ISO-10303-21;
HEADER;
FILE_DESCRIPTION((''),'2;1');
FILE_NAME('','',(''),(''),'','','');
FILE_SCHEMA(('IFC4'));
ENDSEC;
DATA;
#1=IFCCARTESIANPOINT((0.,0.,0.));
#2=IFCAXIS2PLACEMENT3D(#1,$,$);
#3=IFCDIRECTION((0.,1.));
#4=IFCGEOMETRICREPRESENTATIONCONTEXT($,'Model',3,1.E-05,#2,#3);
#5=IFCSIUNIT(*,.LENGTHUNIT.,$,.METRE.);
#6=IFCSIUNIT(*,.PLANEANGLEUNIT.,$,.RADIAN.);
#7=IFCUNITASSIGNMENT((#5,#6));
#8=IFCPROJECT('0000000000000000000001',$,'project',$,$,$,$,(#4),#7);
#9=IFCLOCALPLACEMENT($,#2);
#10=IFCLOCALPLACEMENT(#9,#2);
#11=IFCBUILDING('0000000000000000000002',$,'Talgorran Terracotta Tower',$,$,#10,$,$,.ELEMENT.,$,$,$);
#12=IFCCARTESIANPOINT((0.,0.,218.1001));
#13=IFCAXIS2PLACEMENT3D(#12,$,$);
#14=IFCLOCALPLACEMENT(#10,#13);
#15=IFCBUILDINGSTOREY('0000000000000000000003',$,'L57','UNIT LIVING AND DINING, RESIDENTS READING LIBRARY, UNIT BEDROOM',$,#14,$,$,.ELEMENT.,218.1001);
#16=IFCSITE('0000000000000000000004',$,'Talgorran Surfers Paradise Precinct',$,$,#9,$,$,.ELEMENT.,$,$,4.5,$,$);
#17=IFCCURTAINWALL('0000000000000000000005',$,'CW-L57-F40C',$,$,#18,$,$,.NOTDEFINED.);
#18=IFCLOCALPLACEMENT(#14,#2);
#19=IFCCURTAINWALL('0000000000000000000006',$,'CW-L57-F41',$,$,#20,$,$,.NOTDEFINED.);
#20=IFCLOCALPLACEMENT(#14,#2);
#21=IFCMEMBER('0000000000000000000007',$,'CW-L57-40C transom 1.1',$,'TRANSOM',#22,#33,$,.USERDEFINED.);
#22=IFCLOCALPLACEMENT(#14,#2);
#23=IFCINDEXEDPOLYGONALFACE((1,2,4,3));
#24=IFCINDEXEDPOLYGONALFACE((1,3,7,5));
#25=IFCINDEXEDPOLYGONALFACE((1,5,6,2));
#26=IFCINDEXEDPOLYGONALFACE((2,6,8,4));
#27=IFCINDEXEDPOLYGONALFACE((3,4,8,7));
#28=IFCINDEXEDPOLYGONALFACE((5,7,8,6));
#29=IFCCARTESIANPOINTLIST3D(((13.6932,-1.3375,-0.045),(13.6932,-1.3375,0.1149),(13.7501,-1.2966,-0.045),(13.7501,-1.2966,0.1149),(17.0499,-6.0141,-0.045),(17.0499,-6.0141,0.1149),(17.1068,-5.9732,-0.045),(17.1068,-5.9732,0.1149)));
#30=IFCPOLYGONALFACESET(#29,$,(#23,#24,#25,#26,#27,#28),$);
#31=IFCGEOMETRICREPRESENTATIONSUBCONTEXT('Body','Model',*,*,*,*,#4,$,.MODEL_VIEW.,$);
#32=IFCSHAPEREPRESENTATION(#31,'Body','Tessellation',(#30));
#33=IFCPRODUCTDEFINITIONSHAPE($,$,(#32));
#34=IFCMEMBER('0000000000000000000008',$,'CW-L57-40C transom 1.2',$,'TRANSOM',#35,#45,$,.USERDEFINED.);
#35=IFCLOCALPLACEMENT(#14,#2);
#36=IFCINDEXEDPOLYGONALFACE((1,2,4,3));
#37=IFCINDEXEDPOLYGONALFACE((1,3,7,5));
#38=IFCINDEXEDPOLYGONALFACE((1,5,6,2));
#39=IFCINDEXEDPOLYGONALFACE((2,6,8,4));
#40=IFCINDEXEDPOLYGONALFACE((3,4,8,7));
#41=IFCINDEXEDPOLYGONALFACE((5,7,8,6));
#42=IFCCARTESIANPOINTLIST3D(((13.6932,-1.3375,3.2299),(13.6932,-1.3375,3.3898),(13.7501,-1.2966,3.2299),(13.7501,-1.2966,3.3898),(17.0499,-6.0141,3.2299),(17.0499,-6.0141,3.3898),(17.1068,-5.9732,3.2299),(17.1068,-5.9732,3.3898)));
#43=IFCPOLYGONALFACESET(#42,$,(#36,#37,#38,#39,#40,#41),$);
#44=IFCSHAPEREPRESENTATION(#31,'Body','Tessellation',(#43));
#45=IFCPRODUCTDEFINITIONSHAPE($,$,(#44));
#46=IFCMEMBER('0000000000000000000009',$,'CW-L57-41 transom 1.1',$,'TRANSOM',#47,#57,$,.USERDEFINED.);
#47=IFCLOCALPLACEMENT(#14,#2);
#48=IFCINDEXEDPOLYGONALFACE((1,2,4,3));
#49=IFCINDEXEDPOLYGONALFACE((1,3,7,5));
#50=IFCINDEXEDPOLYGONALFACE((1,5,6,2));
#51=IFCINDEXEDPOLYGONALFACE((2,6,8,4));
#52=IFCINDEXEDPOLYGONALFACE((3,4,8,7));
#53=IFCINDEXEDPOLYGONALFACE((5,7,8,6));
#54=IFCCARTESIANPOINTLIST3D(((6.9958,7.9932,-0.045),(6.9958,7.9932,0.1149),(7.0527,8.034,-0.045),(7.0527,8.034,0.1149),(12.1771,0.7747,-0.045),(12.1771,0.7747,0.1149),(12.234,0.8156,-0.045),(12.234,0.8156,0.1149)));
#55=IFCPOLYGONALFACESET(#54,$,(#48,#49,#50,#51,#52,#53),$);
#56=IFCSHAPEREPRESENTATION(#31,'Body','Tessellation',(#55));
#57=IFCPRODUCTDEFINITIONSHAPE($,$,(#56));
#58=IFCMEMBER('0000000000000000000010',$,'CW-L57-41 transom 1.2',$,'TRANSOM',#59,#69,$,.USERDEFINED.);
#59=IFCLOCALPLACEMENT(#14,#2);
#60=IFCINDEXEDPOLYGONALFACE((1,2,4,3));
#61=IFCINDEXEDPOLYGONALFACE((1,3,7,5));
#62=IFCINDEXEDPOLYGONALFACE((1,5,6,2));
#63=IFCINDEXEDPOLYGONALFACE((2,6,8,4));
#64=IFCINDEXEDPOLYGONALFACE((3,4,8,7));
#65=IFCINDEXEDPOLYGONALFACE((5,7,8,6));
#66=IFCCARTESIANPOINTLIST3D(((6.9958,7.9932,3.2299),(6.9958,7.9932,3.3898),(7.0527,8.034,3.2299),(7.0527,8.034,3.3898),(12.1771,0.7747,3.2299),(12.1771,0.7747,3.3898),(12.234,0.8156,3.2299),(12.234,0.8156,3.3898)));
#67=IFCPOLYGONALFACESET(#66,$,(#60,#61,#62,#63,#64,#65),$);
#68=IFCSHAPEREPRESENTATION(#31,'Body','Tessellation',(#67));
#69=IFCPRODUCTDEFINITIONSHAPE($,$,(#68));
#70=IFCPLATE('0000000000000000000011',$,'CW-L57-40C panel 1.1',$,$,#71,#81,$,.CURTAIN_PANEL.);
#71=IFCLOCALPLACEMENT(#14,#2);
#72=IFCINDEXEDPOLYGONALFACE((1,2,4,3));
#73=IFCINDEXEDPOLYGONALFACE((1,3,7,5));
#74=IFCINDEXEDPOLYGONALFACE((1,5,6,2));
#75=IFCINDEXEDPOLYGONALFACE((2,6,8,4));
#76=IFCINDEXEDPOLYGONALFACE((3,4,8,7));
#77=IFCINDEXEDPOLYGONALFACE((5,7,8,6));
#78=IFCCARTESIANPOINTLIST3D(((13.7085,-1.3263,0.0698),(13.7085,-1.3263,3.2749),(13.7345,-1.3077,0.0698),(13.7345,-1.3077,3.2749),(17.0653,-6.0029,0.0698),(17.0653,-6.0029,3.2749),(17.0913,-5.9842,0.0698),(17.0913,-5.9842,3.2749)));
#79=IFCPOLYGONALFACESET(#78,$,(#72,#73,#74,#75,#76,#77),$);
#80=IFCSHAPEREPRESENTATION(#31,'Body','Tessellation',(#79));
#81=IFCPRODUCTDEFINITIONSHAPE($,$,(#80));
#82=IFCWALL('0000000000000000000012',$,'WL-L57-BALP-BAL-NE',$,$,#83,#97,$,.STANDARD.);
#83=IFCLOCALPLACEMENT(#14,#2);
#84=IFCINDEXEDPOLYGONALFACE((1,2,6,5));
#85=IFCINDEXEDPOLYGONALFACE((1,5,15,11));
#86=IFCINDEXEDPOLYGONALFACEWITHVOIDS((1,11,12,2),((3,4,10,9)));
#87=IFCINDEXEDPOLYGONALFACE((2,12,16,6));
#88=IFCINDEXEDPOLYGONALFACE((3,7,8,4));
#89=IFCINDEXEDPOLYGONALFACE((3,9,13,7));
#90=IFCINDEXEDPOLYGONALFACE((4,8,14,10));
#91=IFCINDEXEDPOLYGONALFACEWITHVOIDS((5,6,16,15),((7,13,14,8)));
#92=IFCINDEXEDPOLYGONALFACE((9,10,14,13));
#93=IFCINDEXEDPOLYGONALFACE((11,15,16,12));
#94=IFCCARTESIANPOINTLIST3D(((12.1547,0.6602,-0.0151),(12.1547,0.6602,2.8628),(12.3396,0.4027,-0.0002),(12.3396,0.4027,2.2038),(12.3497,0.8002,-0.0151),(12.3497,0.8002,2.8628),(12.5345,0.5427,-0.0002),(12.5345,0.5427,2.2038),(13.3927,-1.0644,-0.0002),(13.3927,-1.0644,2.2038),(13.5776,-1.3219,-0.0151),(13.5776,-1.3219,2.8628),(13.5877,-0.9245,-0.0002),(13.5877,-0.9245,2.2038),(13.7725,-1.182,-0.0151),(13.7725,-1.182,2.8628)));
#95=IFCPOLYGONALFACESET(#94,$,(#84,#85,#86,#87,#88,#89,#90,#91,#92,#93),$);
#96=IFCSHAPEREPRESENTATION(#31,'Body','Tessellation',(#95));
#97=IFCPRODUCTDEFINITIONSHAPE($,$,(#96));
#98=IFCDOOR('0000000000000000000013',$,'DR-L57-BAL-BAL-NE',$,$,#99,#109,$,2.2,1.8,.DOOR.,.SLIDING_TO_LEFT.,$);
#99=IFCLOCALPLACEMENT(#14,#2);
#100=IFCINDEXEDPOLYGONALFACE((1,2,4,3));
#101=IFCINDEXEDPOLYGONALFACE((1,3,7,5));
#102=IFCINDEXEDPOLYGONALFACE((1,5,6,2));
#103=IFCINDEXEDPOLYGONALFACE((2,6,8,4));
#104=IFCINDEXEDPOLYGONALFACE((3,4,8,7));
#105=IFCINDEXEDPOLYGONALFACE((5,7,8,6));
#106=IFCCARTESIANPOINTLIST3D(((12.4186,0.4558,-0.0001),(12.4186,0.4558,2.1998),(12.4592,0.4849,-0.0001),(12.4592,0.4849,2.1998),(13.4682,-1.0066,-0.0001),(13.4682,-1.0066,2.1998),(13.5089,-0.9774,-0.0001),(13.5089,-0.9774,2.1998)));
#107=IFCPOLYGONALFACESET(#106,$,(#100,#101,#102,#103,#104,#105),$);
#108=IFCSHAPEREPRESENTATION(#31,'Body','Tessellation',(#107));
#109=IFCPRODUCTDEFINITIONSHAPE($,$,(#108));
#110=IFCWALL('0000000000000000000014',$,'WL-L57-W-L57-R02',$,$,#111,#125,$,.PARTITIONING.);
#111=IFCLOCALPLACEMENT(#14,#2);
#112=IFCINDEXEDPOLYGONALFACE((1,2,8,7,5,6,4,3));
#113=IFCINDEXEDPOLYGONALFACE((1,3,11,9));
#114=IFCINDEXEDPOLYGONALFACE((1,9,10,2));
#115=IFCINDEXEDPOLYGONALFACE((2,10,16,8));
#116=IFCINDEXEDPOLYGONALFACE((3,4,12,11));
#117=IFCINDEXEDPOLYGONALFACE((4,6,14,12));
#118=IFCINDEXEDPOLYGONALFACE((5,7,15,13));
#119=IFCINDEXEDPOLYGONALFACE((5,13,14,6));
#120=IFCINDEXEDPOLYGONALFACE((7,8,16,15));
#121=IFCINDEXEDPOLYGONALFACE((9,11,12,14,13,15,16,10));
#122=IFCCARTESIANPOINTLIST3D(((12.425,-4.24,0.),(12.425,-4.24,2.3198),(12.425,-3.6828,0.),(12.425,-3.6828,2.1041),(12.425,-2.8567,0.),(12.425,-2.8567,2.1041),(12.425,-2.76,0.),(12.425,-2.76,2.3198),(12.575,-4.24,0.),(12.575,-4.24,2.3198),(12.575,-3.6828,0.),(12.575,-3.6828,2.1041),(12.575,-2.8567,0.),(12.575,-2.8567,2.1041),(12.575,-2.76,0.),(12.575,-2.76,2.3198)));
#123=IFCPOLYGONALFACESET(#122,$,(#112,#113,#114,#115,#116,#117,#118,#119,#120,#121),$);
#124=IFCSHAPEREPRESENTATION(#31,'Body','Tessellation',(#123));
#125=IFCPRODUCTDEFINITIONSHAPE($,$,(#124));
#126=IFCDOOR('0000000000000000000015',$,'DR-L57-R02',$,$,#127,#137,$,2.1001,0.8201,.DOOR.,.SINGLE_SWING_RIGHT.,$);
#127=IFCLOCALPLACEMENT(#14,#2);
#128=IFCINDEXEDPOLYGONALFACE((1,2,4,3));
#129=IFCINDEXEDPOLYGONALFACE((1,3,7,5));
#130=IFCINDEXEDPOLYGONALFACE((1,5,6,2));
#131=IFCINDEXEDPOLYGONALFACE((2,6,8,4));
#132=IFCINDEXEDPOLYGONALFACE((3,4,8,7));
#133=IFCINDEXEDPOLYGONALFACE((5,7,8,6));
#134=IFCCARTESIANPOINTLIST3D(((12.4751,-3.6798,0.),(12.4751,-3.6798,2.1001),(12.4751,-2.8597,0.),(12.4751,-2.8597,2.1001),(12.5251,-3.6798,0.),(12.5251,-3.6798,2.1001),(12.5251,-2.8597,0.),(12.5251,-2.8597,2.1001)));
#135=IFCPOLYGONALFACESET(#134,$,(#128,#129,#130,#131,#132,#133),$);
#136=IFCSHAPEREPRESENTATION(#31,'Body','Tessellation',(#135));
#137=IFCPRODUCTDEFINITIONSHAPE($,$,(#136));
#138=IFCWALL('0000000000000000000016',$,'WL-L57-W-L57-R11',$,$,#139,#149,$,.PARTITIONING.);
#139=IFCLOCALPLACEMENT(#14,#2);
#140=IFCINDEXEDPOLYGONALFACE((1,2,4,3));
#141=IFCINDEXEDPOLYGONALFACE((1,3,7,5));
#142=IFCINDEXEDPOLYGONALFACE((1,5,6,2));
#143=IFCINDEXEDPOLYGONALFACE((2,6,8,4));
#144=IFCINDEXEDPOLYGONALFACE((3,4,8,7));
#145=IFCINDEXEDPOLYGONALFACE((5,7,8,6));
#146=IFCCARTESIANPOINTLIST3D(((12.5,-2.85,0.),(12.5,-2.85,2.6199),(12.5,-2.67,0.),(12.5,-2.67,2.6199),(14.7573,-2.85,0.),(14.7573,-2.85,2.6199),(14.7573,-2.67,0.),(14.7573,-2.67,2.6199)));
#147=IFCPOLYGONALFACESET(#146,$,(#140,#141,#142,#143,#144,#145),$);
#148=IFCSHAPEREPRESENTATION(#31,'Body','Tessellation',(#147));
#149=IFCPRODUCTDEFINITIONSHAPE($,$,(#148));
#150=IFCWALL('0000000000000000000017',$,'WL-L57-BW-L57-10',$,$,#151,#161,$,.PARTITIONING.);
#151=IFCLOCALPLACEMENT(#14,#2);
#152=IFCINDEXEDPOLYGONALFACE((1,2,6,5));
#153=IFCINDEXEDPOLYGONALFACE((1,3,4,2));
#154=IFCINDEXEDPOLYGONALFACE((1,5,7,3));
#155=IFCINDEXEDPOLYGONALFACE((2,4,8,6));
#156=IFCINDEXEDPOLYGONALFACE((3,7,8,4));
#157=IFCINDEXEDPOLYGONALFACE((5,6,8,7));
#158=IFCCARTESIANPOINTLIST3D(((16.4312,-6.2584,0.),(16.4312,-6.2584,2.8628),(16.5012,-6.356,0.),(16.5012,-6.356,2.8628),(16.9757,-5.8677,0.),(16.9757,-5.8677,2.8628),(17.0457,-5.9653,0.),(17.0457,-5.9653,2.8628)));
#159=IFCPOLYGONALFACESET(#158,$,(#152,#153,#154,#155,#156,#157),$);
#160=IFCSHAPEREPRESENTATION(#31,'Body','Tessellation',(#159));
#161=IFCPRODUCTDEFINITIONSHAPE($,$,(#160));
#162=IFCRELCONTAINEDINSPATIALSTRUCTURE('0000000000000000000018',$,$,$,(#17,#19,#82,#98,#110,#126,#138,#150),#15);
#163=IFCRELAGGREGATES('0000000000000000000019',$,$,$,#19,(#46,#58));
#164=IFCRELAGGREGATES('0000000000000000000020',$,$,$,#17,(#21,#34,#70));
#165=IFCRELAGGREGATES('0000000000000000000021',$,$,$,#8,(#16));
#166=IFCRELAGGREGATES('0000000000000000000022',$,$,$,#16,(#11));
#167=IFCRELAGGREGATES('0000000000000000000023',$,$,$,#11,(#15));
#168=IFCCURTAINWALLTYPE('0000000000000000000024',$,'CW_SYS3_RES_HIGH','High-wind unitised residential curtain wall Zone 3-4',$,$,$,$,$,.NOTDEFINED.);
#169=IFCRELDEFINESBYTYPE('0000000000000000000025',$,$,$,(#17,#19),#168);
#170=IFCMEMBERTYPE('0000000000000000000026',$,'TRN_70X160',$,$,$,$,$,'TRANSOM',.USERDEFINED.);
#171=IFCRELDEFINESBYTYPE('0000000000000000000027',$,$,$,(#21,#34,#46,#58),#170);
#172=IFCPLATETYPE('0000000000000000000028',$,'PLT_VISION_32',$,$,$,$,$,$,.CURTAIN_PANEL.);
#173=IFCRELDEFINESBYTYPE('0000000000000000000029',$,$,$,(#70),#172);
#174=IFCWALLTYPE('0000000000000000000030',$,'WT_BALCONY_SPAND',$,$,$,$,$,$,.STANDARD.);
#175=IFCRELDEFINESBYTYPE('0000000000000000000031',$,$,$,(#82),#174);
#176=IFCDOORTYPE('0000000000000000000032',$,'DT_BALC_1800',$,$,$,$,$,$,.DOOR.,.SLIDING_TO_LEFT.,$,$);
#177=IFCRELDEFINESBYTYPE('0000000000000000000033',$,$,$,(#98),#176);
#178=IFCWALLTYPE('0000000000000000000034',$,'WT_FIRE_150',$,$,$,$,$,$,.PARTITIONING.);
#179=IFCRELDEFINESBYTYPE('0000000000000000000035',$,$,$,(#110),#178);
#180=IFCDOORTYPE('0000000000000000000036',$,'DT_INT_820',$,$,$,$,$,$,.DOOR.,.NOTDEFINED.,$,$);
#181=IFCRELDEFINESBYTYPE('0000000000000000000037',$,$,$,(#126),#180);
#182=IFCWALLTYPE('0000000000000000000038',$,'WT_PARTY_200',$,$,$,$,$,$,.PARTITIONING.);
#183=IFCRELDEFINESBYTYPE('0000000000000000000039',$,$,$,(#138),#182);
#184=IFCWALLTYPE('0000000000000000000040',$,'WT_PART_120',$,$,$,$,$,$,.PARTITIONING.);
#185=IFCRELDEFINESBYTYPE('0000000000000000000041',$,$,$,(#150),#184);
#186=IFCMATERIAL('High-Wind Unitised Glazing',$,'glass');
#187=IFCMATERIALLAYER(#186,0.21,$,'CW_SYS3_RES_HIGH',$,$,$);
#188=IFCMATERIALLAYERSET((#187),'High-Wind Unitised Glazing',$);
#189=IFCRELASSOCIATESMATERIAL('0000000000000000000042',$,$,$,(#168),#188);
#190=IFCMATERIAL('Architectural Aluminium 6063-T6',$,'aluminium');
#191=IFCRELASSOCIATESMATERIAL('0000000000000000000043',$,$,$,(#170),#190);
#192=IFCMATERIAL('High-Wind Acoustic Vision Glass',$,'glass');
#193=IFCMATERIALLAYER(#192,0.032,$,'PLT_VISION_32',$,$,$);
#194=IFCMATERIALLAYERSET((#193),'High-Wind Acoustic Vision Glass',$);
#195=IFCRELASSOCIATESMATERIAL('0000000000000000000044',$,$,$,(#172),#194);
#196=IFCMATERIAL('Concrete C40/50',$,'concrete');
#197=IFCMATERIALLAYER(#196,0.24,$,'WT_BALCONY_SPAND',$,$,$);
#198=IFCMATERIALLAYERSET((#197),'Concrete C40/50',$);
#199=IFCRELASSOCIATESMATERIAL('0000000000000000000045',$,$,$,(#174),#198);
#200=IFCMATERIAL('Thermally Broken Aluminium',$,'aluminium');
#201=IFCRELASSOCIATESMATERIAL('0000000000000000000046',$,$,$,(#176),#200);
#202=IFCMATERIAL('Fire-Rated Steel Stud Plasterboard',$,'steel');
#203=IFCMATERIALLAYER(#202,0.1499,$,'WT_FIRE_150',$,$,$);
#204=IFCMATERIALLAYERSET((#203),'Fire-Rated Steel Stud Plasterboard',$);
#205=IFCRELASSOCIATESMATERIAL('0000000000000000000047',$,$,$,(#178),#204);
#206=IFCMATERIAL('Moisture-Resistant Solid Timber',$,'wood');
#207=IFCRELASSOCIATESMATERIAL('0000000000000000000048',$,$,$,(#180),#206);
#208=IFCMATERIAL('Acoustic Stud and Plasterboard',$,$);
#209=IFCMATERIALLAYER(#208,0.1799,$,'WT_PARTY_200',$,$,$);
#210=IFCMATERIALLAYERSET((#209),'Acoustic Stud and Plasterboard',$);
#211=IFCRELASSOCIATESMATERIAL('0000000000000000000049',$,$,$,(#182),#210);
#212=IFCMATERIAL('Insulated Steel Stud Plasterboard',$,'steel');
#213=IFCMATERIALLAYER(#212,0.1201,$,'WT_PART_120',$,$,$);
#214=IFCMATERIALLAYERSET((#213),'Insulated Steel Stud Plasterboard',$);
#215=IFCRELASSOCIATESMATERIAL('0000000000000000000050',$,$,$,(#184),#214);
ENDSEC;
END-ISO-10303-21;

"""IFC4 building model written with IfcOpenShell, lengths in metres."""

from ifc_helpers import new_model, si_unit, direction, frame, frame_2d, origin, origin_2d, place, context, subcontext, project, spatial, rectangle, extrude, source, transform, mapped, material, layer, layer_set, material_profile, profile_set, type_object, type_shapes, element, fill, aggregate, save


model = new_model("IFC4")

# Units and contexts
model_context = context("Model", 3, precision=1e-05, world=origin(), true_north=direction((0.0, 1.0)))
body_context = subcontext(model_context, "Body", "Model", "MODEL_VIEW")
ifc_project = project(units=[si_unit("LENGTHUNIT", "METRE"), si_unit("PLANEANGLEUNIT", "RADIAN")], contexts=[model_context])

# Site, building, storey
site_placement = place(None, origin())
site = spatial("IfcSite", under=ifc_project, at=site_placement, Name="Talgorran Surfers Paradise Precinct", CompositionType="ELEMENT", RefElevation=4.5)
building_placement = place(site_placement, origin())
building = spatial("IfcBuilding", under=site, at=building_placement, Name="Talgorran Terracotta Tower", CompositionType="ELEMENT")
storey_placement = place(building_placement, frame((0.0, 0.0, 218.1001)))
storey = spatial("IfcBuildingStorey", under=building, at=storey_placement, Name="L57", Description="UNIT LIVING AND DINING, RESIDENTS READING LIBRARY, UNIT BEDROOM", CompositionType="ELEMENT", Elevation=218.1001)

# Shared definitions
ifc_material_1 = material(Name="High-Wind Unitised Glazing", Category="glass")
ifc_layer_1 = layer(ifc_material_1, 0.21, Name="CW_SYS3_RES_HIGH")
ifc_layer_set_1 = layer_set([ifc_layer_1], Name="High-Wind Unitised Glazing")
curtain_wall_type = type_object("IfcCurtainWallType", Name="CW_SYS3_RES_HIGH", Description="High-wind unitised residential curtain wall Zone 3-4", PredefinedType="NOTDEFINED", material=ifc_layer_set_1)
ifc_material_2 = material(Name="Architectural Aluminium 6063-T6", Category="aluminium")

# Curtain wall
curtain_wall_1_placement = place(storey_placement, origin())
curtain_wall_1 = element("IfcCurtainWall", 1, at=curtain_wall_1_placement, inside=storey, type_object=curtain_wall_type, Name="CW-L57-F40C", PredefinedType="NOTDEFINED")

# Curtain wall
curtain_wall_2_placement = place(storey_placement, origin())
curtain_wall_2 = element("IfcCurtainWall", 2, at=curtain_wall_2_placement, inside=storey, type_object=curtain_wall_type, Name="CW-L57-F41", PredefinedType="NOTDEFINED")

# Members
ifc_material_profile_1 = material_profile(ifc_material_2, rectangle(XDim=0.0701, YDim=0.1599, at=origin_2d()), Name="CWT70X160")
ifc_profile_set_1 = profile_set([ifc_material_profile_1], Name="Architectural Aluminium 6063-T6")
member_type_1 = type_object("IfcMemberType", Name="TRN_70X160", ElementType="TRANSOM", PredefinedType="USERDEFINED", material=ifc_profile_set_1)
member_1_placement = place(storey_placement, frame((17.0784, -5.9937, 0.0349), z_axis=(-0.583114, 0.81239, 0.0), x_axis=(-0.81239, -0.583114, 0.0)))
member_1 = element("IfcMember", 3, at=member_1_placement, type_object=member_type_1, Name="CW-L57-40C transom 1.1", ObjectType="TRANSOM", PredefinedType="USERDEFINED", context=body_context, shape_type="SweptSolid", body=[
    extrude(rectangle(XDim=0.0701, YDim=0.1599, at=origin_2d()), origin(), (0.0, 0.0, 1.0), 5.7566),
])
member_2_placement = place(storey_placement, frame((17.0784, -5.9937, 3.3098), z_axis=(-0.583114, 0.81239, 0.0), x_axis=(-0.81239, -0.583114, 0.0)))
member_2 = element("IfcMember", 4, at=member_2_placement, type_object=member_type_1, Name="CW-L57-40C transom 1.2", ObjectType="TRANSOM", PredefinedType="USERDEFINED", context=body_context, shape_type="SweptSolid", body=[
    extrude(rectangle(XDim=0.0701, YDim=0.1599, at=origin_2d()), origin(), (0.0, 0.0, 1.0), 5.7566),
])
member_3_placement = place(storey_placement, frame((12.2056, 0.7952, 0.0349), z_axis=(-0.583124, 0.812383, 0.0), x_axis=(-0.812383, -0.583124, 0.0)))
member_3 = element("IfcMember", 5, at=member_3_placement, type_object=member_type_1, Name="CW-L57-41 transom 1.1", ObjectType="TRANSOM", PredefinedType="USERDEFINED", context=body_context, shape_type="SweptSolid", body=[
    extrude(rectangle(XDim=0.0701, YDim=0.1599, at=origin_2d()), origin(), (0.0, 0.0, 1.0), 8.8855),
])
member_4_placement = place(storey_placement, frame((12.2056, 0.7952, 3.3098), z_axis=(-0.583124, 0.812383, 0.0), x_axis=(-0.812383, -0.583124, 0.0)))
member_4 = element("IfcMember", 6, at=member_4_placement, type_object=member_type_1, Name="CW-L57-41 transom 1.2", ObjectType="TRANSOM", PredefinedType="USERDEFINED", context=body_context, shape_type="SweptSolid", body=[
    extrude(rectangle(XDim=0.0701, YDim=0.1599, at=origin_2d()), origin(), (0.0, 0.0, 1.0), 8.8855),
])
aggregate(curtain_wall_2, [member_3, member_4])

# Plate
ifc_material_3 = material(Name="High-Wind Acoustic Vision Glass", Category="glass")
ifc_layer_2 = layer(ifc_material_3, 0.032, Name="PLT_VISION_32")
ifc_layer_set_2 = layer_set([ifc_layer_2], Name="High-Wind Acoustic Vision Glass")
plate_type = type_object("IfcPlateType", Name="PLT_VISION_32", PredefinedType="CURTAIN_PANEL", material=ifc_layer_set_2)
shared_shape = source(origin(), body_context, "Body", "SweptSolid", [
    extrude(rectangle(XDim=5.7566, YDim=0.032, at=origin_2d()), origin(), (0.0, 0.0, 1.0), 3.2051),
])
type_shapes(plate_type, [shared_shape])
plate_placement = place(storey_placement, frame((15.3999, -3.6553, 0.0698), z_axis=(0.0, 0.0, 1.0), x_axis=(-0.583118, 0.812387, 0.0)))
plate = element("IfcPlate", 7, at=plate_placement, type_object=plate_type, Name="CW-L57-40C panel 1.1", PredefinedType="CURTAIN_PANEL", context=body_context, shape_type="MappedRepresentation", body=[
    mapped(shared_shape, transform((0.0, 0.0, 0.0), scale=1.0)),
])
aggregate(curtain_wall_1, [member_1, member_2, plate])

# Walls, openings, doors
ifc_material_4 = material(Name="Concrete C40/50", Category="concrete")
ifc_layer_3 = layer(ifc_material_4, 0.24, Name="WT_BALCONY_SPAND")
ifc_layer_set_3 = layer_set([ifc_layer_3], Name="Concrete C40/50")
wall_type_1 = type_object("IfcWallType", Name="WT_BALCONY_SPAND", PredefinedType="STANDARD", material=ifc_layer_set_3)
wall_1_placement = place(storey_placement, frame((13.675, -1.252, -0.0151), z_axis=(0.0, 0.0, 1.0), x_axis=(-0.583139, 0.812372, 0.0)))
wall_1 = element("IfcWall", 8, at=wall_1_placement, inside=storey, type_object=wall_type_1, Name="WL-L57-BALP-BAL-NE", PredefinedType="STANDARD", context=body_context, shape_type="SweptSolid", body=[
    extrude(rectangle(XDim=2.4399, YDim=0.24, at=frame_2d((1.22, 0.0))), origin(), (0.0, 0.0, 1.0), 2.8779),
])
opening_1_placement = place(wall_1_placement, frame((0.3201, 0.0, 0.0149)))
opening_1 = element("IfcOpeningElement", 9, at=opening_1_placement, cuts=wall_1, PredefinedType="OPENING", context=body_context, shape_type="SweptSolid", body=[
    extrude(rectangle(XDim=1.806, YDim=2.204, at=frame_2d((0.8999, 1.1021))), frame((0.0, 0.1299, 0.0), z_axis=(0.0, -1.0, 0.0), x_axis=(1.0, 0.0, 0.0)), (0.0, 0.0, 1.0), 0.26),
])
ifc_material_5 = material(Name="Thermally Broken Aluminium", Category="aluminium")
door_type_1 = type_object("IfcDoorType", Name="DT_BALC_1800", OperationType="SLIDING_TO_LEFT", PredefinedType="DOOR", material=ifc_material_5)
door_1_placement = place(opening_1_placement, origin())
door_1 = element("IfcDoor", 10, at=door_1_placement, inside=storey, type_object=door_type_1, Name="DR-L57-BAL-BAL-NE", OperationType="SLIDING_TO_LEFT", OverallHeight=2.2, OverallWidth=1.8, PredefinedType="DOOR", context=body_context, shape_type="SweptSolid", body=[
    extrude(rectangle(XDim=1.8, YDim=2.2, at=frame_2d((0.8999, 1.1001))), frame((0.0, 0.0249, 0.0), z_axis=(0.0, -1.0, 0.0), x_axis=(1.0, 0.0, 0.0)), (0.0, 0.0, 1.0), 0.05),
])
fill(opening_1, door_1)
ifc_material_6 = material(Name="Fire-Rated Steel Stud Plasterboard", Category="steel")
ifc_layer_4 = layer(ifc_material_6, 0.1499, Name="WT_FIRE_150")
ifc_layer_set_4 = layer_set([ifc_layer_4], Name="Fire-Rated Steel Stud Plasterboard")
wall_type_2 = type_object("IfcWallType", Name="WT_FIRE_150", PredefinedType="PARTITIONING", material=ifc_layer_set_4)
wall_2_placement = place(storey_placement, frame((12.5, -4.24, 0.0), z_axis=(0.0, 0.0, 1.0), x_axis=(0.0, 1.0, 0.0)))
wall_2 = element("IfcWall", 11, at=wall_2_placement, inside=storey, type_object=wall_type_2, Name="WL-L57-W-L57-R02", PredefinedType="PARTITIONING", context=body_context, shape_type="SweptSolid", body=[
    extrude(rectangle(XDim=1.48, YDim=0.1499, at=frame_2d((0.74, 0.0))), origin(), (0.0, 0.0, 1.0), 2.3198),
])
opening_2_placement = place(wall_2_placement, frame((0.5601, 0.0, 0.0)))
opening_2 = element("IfcOpeningElement", 12, at=opening_2_placement, cuts=wall_2, PredefinedType="OPENING", context=body_context, shape_type="SweptSolid", body=[
    extrude(rectangle(XDim=0.8261, YDim=2.1041, at=frame_2d((0.4102, 1.052))), frame((0.0, 0.085, 0.0), z_axis=(0.0, -1.0, 0.0), x_axis=(1.0, 0.0, 0.0)), (0.0, 0.0, 1.0), 0.1699),
])
ifc_material_7 = material(Name="Moisture-Resistant Solid Timber", Category="wood")
door_type_2 = type_object("IfcDoorType", Name="DT_INT_820", OperationType="NOTDEFINED", PredefinedType="DOOR", material=ifc_material_7)
door_2_placement = place(opening_2_placement, origin())
door_2 = element("IfcDoor", 13, at=door_2_placement, inside=storey, type_object=door_type_2, Name="DR-L57-R02", OperationType="SINGLE_SWING_RIGHT", OverallHeight=2.1001, OverallWidth=0.8201, PredefinedType="DOOR", context=body_context, shape_type="SweptSolid", body=[
    extrude(rectangle(XDim=0.8201, YDim=2.1001, at=frame_2d((0.4102, 1.05))), frame((0.0, 0.0249, 0.0), z_axis=(0.0, -1.0, 0.0), x_axis=(1.0, 0.0, 0.0)), (0.0, 0.0, 1.0), 0.05),
])
fill(opening_2, door_2)

# Walls
ifc_material_8 = material(Name="Acoustic Stud and Plasterboard")
ifc_layer_5 = layer(ifc_material_8, 0.1799, Name="WT_PARTY_200")
ifc_layer_set_5 = layer_set([ifc_layer_5], Name="Acoustic Stud and Plasterboard")
wall_type_3 = type_object("IfcWallType", Name="WT_PARTY_200", PredefinedType="PARTITIONING", material=ifc_layer_set_5)
wall_3_placement = place(storey_placement, frame((12.5, -2.76, 0.0), z_axis=(0.0, 0.0, 1.0), x_axis=(1.0, 0.0, 0.0)))
element("IfcWall", 14, at=wall_3_placement, inside=storey, type_object=wall_type_3, Name="WL-L57-W-L57-R11", PredefinedType="PARTITIONING", context=body_context, shape_type="SweptSolid", body=[
    extrude(rectangle(XDim=2.2573, YDim=0.1799, at=frame_2d((1.1287, 0.0))), origin(), (0.0, 0.0, 1.0), 2.6199),
])
ifc_material_9 = material(Name="Insulated Steel Stud Plasterboard", Category="steel")
ifc_layer_6 = layer(ifc_material_9, 0.1201, Name="WT_PART_120")
ifc_layer_set_6 = layer_set([ifc_layer_6], Name="Insulated Steel Stud Plasterboard")
wall_type_4 = type_object("IfcWallType", Name="WT_PART_120", PredefinedType="PARTITIONING", material=ifc_layer_set_6)
wall_4_placement = place(storey_placement, frame((16.4663, -6.3071, 0.0), z_axis=(0.0, 0.0, 1.0), x_axis=(0.812501, 0.58296, 0.0)))
element("IfcWall", 15, at=wall_4_placement, inside=storey, type_object=wall_type_4, Name="WL-L57-BW-L57-10", PredefinedType="PARTITIONING", context=body_context, shape_type="SweptSolid", body=[
    extrude(rectangle(XDim=0.6702, YDim=0.1201, at=frame_2d((0.335, 0.0))), origin(), (0.0, 0.0, 1.0), 2.8628),
])

save(model, "model.ifc")
